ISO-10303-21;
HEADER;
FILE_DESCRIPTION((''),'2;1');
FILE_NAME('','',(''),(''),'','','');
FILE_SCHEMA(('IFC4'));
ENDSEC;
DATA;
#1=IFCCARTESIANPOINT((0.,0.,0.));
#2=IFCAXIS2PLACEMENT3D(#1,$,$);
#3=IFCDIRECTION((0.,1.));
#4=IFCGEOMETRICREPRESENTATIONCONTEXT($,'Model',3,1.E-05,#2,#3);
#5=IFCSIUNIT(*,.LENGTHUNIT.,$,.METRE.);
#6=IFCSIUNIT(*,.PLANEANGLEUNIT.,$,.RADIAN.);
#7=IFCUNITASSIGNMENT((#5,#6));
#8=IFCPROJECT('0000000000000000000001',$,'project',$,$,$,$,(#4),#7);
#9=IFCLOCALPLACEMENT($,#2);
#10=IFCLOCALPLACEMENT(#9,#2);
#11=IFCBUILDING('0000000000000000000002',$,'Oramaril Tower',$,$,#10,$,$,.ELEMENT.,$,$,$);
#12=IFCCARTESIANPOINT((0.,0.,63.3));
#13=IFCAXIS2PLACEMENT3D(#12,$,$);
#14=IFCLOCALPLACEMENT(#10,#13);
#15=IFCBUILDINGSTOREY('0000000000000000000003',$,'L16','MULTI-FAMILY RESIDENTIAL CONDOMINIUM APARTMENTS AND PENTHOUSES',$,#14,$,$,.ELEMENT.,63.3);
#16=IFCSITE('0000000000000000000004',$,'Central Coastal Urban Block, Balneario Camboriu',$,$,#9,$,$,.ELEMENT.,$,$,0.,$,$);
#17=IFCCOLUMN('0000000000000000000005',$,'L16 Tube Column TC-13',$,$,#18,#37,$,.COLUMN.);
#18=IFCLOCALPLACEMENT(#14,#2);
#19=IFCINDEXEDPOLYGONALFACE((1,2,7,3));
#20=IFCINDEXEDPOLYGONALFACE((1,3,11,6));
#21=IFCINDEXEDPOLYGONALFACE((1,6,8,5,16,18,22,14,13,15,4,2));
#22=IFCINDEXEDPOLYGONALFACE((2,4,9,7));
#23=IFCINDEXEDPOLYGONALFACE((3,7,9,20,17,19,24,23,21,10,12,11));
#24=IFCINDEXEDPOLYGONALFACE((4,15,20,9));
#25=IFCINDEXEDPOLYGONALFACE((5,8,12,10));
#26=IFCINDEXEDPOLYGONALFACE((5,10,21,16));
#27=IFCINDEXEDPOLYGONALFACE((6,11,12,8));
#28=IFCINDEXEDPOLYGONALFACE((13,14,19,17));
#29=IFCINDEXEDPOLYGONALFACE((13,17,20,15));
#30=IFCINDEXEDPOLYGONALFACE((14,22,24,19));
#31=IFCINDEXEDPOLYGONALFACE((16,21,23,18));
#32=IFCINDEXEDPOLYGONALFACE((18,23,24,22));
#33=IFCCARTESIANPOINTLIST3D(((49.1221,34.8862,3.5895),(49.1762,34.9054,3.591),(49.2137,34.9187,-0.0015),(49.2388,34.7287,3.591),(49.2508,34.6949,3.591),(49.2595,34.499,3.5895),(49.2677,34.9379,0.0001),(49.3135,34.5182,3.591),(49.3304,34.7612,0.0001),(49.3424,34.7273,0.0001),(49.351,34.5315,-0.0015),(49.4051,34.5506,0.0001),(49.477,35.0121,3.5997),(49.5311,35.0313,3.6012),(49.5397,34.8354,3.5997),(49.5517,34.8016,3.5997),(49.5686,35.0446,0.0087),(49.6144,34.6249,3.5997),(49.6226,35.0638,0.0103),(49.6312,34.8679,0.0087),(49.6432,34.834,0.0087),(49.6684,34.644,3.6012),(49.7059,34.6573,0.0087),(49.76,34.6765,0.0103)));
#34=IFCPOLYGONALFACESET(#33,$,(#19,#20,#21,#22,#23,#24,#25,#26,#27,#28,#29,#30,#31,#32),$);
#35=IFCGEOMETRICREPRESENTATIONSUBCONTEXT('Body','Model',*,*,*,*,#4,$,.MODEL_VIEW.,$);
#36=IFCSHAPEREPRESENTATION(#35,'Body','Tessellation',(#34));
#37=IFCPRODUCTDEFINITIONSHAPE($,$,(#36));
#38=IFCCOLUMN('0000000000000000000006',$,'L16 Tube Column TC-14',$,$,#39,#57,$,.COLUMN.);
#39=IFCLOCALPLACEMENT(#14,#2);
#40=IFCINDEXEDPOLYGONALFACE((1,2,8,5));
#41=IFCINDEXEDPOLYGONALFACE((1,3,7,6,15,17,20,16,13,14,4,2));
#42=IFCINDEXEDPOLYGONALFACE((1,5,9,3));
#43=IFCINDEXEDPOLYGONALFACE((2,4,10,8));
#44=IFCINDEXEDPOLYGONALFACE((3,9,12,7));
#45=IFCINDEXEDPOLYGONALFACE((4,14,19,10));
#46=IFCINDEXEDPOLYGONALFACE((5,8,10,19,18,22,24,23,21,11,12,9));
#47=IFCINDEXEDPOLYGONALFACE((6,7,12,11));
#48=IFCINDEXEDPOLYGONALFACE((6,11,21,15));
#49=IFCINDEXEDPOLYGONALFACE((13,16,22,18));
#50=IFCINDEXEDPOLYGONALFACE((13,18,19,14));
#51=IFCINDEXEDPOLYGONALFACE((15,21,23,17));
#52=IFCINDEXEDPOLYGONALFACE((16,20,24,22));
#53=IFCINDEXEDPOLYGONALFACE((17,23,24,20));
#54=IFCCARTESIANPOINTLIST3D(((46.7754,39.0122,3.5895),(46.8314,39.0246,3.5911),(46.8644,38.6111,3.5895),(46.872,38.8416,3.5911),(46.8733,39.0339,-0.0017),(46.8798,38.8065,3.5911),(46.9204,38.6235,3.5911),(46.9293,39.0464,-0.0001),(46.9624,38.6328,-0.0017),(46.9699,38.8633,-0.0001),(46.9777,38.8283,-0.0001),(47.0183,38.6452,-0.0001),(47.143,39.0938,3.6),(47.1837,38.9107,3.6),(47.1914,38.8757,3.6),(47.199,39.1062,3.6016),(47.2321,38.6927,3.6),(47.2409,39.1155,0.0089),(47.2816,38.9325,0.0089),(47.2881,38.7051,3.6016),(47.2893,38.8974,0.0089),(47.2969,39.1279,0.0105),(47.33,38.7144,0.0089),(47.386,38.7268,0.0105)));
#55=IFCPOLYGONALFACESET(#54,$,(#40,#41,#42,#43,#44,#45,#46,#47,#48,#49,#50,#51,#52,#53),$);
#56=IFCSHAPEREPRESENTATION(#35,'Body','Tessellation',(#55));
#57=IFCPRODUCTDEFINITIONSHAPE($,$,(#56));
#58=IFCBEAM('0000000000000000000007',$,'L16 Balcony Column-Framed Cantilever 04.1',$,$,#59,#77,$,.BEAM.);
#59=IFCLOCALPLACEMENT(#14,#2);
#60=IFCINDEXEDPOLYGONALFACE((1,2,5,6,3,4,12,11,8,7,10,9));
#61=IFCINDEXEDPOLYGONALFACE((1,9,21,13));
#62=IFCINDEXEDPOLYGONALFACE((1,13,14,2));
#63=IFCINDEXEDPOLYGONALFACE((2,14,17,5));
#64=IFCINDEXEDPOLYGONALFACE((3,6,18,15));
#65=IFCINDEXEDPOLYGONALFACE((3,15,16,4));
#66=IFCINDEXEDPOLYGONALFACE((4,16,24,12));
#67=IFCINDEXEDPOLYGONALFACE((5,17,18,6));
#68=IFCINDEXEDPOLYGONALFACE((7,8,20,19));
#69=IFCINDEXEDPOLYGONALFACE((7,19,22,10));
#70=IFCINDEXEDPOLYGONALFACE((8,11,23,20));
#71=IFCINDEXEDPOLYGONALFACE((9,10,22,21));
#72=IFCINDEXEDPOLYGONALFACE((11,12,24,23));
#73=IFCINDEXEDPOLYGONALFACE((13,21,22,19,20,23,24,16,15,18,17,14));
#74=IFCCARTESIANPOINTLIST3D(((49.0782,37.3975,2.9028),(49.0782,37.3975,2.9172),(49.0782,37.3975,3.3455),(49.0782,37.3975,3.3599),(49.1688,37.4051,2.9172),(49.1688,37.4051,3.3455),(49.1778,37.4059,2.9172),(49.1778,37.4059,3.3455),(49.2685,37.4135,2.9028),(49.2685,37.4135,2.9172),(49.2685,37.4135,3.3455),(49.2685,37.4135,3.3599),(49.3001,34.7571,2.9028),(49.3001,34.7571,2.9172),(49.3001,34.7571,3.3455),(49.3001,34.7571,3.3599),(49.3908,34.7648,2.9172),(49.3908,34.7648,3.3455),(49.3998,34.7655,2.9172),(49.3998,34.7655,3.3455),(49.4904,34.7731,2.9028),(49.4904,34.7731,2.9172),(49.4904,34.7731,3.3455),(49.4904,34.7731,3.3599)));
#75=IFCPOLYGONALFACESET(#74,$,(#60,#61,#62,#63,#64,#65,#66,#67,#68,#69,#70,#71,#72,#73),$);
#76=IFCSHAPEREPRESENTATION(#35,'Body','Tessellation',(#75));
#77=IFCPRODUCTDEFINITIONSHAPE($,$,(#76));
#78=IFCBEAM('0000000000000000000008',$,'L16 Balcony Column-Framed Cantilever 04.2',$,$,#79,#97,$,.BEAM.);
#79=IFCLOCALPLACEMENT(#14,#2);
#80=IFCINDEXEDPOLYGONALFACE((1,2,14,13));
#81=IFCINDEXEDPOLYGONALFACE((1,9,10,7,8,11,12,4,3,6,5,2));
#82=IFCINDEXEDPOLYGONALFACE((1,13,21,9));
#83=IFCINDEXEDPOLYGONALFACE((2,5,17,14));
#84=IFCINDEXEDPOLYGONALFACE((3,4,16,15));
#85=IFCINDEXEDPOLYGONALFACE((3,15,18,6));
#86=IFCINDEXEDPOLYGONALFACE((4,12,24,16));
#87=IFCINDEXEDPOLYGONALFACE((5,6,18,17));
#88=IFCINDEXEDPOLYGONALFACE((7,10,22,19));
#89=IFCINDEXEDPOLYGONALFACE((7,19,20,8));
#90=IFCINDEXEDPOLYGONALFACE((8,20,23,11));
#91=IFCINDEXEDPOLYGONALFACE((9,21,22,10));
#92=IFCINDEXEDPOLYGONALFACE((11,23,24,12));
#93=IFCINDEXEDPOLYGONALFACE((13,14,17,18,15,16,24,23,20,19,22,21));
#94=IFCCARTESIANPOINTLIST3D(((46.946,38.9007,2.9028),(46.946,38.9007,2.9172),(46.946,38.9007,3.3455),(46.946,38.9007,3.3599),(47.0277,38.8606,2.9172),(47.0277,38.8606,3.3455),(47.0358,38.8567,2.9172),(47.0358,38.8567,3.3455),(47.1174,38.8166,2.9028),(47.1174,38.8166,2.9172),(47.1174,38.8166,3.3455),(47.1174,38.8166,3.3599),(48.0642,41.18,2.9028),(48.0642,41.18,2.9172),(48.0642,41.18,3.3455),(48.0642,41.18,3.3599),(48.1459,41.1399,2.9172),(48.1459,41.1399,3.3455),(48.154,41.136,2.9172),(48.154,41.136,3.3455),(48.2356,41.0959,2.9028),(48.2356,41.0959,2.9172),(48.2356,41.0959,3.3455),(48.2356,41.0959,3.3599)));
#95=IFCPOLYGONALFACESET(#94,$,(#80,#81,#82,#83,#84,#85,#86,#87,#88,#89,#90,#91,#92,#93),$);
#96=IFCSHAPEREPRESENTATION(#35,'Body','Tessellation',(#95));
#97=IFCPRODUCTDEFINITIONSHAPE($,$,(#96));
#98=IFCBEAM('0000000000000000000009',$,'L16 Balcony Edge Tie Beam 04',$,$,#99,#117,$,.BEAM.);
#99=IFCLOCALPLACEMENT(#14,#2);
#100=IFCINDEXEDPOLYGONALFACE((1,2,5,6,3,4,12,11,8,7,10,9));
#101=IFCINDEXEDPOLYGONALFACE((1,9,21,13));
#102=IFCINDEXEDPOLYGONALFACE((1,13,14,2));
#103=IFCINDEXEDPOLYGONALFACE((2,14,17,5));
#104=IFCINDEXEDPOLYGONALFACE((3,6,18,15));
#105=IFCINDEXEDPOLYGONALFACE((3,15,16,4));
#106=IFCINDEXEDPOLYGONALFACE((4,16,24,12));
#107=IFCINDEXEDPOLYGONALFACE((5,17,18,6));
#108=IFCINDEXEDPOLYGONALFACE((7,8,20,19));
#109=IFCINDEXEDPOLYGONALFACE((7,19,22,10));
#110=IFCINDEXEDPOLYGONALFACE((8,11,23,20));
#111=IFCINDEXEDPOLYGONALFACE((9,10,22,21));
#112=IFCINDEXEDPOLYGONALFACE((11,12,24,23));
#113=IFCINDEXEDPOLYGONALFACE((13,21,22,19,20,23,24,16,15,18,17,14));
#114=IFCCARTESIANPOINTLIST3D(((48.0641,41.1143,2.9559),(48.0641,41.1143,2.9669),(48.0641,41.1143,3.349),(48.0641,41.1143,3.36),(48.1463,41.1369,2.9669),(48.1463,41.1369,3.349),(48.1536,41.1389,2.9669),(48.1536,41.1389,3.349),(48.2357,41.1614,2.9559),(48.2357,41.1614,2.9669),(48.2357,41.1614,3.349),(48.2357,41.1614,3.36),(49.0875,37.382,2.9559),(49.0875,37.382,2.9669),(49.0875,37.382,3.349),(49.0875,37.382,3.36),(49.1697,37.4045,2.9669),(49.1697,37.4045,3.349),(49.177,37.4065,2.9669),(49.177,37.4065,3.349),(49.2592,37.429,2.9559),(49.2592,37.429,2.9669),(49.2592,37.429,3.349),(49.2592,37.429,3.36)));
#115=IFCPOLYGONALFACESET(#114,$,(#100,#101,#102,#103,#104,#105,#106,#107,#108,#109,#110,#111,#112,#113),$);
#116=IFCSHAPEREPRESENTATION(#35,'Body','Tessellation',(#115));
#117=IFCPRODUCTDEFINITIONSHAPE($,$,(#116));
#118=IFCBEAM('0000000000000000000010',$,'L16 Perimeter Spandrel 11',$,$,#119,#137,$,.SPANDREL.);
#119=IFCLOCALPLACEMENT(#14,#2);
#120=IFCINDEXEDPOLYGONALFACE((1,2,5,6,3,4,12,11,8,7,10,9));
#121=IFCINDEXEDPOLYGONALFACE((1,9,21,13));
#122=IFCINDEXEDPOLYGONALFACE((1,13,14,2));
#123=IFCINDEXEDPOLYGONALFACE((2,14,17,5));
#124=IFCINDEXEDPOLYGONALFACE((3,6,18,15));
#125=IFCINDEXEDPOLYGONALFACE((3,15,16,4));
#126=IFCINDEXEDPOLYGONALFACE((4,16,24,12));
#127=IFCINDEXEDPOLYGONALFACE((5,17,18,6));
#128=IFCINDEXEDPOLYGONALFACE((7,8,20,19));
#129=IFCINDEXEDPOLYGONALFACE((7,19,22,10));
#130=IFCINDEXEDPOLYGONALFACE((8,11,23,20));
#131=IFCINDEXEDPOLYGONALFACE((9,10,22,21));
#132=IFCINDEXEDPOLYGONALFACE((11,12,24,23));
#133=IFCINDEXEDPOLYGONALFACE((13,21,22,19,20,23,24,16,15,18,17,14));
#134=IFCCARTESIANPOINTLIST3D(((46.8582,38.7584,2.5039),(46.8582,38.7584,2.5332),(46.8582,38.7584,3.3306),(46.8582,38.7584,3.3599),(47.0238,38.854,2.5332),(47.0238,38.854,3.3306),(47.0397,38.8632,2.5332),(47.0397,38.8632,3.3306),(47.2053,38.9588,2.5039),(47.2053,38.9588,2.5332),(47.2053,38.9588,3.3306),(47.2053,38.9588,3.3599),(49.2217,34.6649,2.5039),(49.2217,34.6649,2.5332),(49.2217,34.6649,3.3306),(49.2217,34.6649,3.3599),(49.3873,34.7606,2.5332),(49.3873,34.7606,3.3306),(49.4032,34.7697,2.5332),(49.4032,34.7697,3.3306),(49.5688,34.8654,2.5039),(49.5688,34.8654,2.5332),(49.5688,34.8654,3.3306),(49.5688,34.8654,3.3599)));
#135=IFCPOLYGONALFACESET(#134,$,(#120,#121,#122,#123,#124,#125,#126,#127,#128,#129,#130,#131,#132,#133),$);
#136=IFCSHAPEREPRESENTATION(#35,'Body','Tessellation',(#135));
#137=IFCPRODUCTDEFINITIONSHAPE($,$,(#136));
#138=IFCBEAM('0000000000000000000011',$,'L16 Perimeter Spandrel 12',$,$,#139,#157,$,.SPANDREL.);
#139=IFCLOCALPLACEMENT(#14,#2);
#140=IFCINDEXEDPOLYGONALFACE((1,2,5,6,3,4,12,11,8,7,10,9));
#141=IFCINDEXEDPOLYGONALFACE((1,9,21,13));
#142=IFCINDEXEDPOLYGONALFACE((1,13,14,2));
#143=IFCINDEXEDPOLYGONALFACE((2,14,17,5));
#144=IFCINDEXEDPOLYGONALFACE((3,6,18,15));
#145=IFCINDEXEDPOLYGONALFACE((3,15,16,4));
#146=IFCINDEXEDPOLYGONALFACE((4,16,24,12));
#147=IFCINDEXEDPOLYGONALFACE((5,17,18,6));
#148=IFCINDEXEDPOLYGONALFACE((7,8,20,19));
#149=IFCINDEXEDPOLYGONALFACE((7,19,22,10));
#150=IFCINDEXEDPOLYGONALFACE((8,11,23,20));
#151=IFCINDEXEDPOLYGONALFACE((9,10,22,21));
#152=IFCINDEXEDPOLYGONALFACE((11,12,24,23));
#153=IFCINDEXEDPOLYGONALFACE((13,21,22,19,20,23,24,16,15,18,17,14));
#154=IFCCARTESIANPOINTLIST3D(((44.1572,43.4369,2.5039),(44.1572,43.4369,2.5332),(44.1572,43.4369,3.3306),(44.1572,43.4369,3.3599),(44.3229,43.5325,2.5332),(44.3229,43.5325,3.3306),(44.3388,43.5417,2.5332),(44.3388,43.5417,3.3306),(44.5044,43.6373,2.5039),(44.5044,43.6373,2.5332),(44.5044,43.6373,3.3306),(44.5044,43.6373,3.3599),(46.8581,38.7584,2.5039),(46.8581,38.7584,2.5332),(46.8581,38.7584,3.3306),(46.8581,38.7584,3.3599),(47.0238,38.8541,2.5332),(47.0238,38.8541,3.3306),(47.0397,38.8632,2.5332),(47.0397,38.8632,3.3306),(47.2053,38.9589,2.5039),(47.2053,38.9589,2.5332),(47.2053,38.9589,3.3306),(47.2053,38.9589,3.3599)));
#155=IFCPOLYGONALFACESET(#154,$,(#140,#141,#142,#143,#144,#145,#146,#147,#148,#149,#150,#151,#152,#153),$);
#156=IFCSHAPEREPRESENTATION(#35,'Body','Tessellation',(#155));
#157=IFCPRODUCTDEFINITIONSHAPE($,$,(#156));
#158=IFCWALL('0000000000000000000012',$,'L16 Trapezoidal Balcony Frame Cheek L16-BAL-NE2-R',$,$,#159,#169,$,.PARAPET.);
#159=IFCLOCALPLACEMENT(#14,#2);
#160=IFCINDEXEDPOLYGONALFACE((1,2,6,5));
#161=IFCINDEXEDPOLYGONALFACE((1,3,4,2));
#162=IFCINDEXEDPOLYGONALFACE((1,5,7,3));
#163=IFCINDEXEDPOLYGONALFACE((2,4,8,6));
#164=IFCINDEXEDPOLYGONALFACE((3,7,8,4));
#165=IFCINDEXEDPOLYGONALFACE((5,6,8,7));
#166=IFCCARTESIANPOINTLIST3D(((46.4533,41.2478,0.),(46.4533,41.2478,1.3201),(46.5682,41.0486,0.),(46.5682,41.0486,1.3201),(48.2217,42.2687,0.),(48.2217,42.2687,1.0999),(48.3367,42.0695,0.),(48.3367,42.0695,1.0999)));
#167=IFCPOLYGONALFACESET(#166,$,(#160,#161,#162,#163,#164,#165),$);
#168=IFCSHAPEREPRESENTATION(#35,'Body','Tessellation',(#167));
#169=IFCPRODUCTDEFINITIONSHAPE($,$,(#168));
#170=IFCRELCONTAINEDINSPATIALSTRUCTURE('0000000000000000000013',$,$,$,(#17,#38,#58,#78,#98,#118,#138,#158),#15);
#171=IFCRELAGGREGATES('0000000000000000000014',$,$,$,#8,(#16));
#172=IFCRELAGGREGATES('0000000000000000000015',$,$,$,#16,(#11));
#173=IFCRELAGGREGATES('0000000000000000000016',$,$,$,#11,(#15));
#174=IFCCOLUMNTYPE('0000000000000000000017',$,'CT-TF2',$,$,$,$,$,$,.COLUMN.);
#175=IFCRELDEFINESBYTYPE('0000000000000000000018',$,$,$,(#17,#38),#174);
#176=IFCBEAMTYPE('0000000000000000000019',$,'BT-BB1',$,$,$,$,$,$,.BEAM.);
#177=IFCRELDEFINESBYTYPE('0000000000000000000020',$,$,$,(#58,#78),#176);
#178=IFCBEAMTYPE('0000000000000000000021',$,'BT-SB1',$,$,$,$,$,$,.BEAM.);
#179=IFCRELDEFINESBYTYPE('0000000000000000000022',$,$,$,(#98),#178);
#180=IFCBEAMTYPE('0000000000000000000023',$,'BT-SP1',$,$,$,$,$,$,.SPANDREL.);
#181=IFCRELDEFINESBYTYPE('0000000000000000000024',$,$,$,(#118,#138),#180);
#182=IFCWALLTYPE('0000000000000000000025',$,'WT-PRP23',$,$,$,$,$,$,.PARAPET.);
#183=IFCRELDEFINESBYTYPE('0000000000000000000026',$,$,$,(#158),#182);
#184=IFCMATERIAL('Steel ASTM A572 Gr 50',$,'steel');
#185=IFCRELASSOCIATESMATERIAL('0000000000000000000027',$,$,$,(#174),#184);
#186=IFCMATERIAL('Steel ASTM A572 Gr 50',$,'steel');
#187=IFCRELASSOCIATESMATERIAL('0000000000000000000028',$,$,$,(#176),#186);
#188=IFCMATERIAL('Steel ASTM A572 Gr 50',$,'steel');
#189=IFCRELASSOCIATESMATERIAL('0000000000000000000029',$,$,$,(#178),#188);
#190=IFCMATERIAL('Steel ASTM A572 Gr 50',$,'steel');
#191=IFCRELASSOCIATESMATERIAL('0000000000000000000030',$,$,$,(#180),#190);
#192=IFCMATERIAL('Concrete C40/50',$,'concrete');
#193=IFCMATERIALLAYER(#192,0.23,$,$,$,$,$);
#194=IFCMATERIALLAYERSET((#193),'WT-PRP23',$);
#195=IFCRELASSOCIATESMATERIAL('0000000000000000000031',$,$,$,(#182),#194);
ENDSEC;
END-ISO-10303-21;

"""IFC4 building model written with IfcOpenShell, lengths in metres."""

from ifc_helpers import new_model, si_unit, direction, frame, origin, origin_2d, place, context, subcontext, project, spatial, polyline, i_section, outline, extrude, material, layer, layer_set, material_profile, profile_set, type_object, element, save


model = new_model("IFC4")

# Units and contexts
model_context = context("Model", 3, precision=1e-05, world=origin(), true_north=direction((0.0, 1.0)))
body_context = subcontext(model_context, "Body", "Model", "MODEL_VIEW")
ifc_project = project(units=[si_unit("LENGTHUNIT", "METRE"), si_unit("PLANEANGLEUNIT", "RADIAN")], contexts=[model_context])

# Site, building, storey
site_placement = place(None, origin())
site = spatial("IfcSite", under=ifc_project, at=site_placement, Name="Central Coastal Urban Block, Balneario Camboriu", CompositionType="ELEMENT", RefElevation=0.0)
building_placement = place(site_placement, origin())
building = spatial("IfcBuilding", under=site, at=building_placement, Name="Oramaril Tower", CompositionType="ELEMENT")
storey_placement = place(building_placement, frame((0.0, 0.0, 63.3)))
storey = spatial("IfcBuildingStorey", under=building, at=storey_placement, Name="L16", Description="MULTI-FAMILY RESIDENTIAL CONDOMINIUM APARTMENTS AND PENTHOUSES", CompositionType="ELEMENT", Elevation=63.3)

# Columns
ifc_material_1 = material(Name="Steel ASTM A572 Gr 50", Category="steel")
ifc_material_profile_1 = material_profile(ifc_material_1, i_section(OverallWidth=0.4109, OverallDepth=0.4341, WebThickness=0.0359, FlangeThickness=0.0574, at=origin_2d()), Name="W14X311")
ifc_profile_set_1 = profile_set([ifc_material_profile_1], Name="Steel ASTM A572 Gr 50")
column_type = type_object("IfcColumnType", Name="CT-TF2", PredefinedType="COLUMN", material=ifc_profile_set_1)
column_1_placement = place(storey_placement, frame((49.4868, 34.7976, 0.0044), z_axis=(-0.025485, -0.009039, 0.999634), x_axis=(0.334266, -0.942479, 0.0)))
element("IfcColumn", 1, at=column_1_placement, inside=storey, type_object=column_type, Name="L16 Tube Column TC-13", PredefinedType="COLUMN", context=body_context, shape_type="SweptSolid", body=[
    extrude(i_section(OverallWidth=0.4109, OverallDepth=0.4341, WebThickness=0.0359, FlangeThickness=0.0574, at=origin_2d()), origin(), (0.0, 0.0, 1.0), 3.5923),
])
column_2_placement = place(storey_placement, frame((47.1296, 38.8804, 0.0044), z_axis=(-0.027252, -0.006048, 0.99961), x_axis=(0.216673, -0.976244, 0.0)))
element("IfcColumn", 2, at=column_2_placement, inside=storey, type_object=column_type, Name="L16 Tube Column TC-14", PredefinedType="COLUMN", context=body_context, shape_type="SweptSolid", body=[
    extrude(i_section(OverallWidth=0.4109, OverallDepth=0.4341, WebThickness=0.0359, FlangeThickness=0.0574, at=origin_2d()), origin(), (0.0, 0.0, 1.0), 3.5925),
])

# Beams
ifc_material_2 = material(Name="Steel ASTM A572 Gr 50", Category="steel")
ifc_material_profile_2 = material_profile(ifc_material_2, i_section(OverallWidth=0.1909, OverallDepth=0.457, WebThickness=0.009, FlangeThickness=0.0144, at=origin_2d()), Name="W18X50")
ifc_profile_set_2 = profile_set([ifc_material_profile_2], Name="Steel ASTM A572 Gr 50")
beam_type_1 = type_object("IfcBeamType", Name="BT-BB1", PredefinedType="BEAM", material=ifc_profile_set_2)
beam_1_placement = place(storey_placement, frame((49.3953, 34.7651, 3.1313), z_axis=(-0.083755, 0.996486, 0.0), x_axis=(-0.996486, -0.083755, 0.0)))
element("IfcBeam", 3, at=beam_1_placement, inside=storey, type_object=beam_type_1, Name="L16 Balcony Column-Framed Cantilever 04.1", PredefinedType="BEAM", context=body_context, shape_type="SweptSolid", body=[
    extrude(i_section(OverallWidth=0.1909, OverallDepth=0.457, WebThickness=0.009, FlangeThickness=0.0144, at=origin_2d()), origin(), (0.0, 0.0, 1.0), 2.6497),
])
beam_2_placement = place(storey_placement, frame((47.0317, 38.8586, 3.1313), z_axis=(0.440431, 0.897787, 0.0), x_axis=(-0.897787, 0.440431, 0.0)))
element("IfcBeam", 4, at=beam_2_placement, inside=storey, type_object=beam_type_1, Name="L16 Balcony Column-Framed Cantilever 04.2", PredefinedType="BEAM", context=body_context, shape_type="SweptSolid", body=[
    extrude(i_section(OverallWidth=0.1909, OverallDepth=0.457, WebThickness=0.009, FlangeThickness=0.0144, at=origin_2d()), origin(), (0.0, 0.0, 1.0), 2.5388),
])
ifc_material_3 = material(Name="Steel ASTM A572 Gr 50", Category="steel")
ifc_material_profile_3 = material_profile(ifc_material_3, i_section(OverallWidth=0.178, OverallDepth=0.4041, WebThickness=0.0076, FlangeThickness=0.011, at=origin_2d()), Name="W16X36")
ifc_profile_set_3 = profile_set([ifc_material_profile_3], Name="Steel ASTM A572 Gr 50")
beam_type_2 = type_object("IfcBeamType", Name="BT-SB1", PredefinedType="BEAM", material=ifc_profile_set_3)
beam_3_placement = place(storey_placement, frame((49.1733, 37.4055, 3.158), z_axis=(-0.264441, 0.964402, 0.0), x_axis=(-0.964402, -0.264441, 0.0)))
element("IfcBeam", 5, at=beam_3_placement, inside=storey, type_object=beam_type_2, Name="L16 Balcony Edge Tie Beam 04", PredefinedType="BEAM", context=body_context, shape_type="SweptSolid", body=[
    extrude(i_section(OverallWidth=0.178, OverallDepth=0.4041, WebThickness=0.0076, FlangeThickness=0.011, at=origin_2d()), origin(), (0.0, 0.0, 1.0), 3.8701),
])
ifc_material_4 = material(Name="Steel ASTM A572 Gr 50", Category="steel")
ifc_material_profile_4 = material_profile(ifc_material_4, i_section(OverallWidth=0.4009, OverallDepth=0.856, WebThickness=0.0183, FlangeThickness=0.0293, at=origin_2d()), Name="W33X201")
ifc_profile_set_4 = profile_set([ifc_material_profile_4], Name="Steel ASTM A572 Gr 50")
beam_type_3 = type_object("IfcBeamType", Name="BT-SP1", PredefinedType="SPANDREL", material=ifc_profile_set_4)
beam_4_placement = place(storey_placement, frame((49.3953, 34.7651, 2.9319), z_axis=(-0.500022, 0.866013, 0.0), x_axis=(-0.866013, -0.500022, 0.0)))
element("IfcBeam", 6, at=beam_4_placement, inside=storey, type_object=beam_type_3, Name="L16 Perimeter Spandrel 11", PredefinedType="SPANDREL", context=body_context, shape_type="SweptSolid", body=[
    extrude(i_section(OverallWidth=0.4009, OverallDepth=0.856, WebThickness=0.0183, FlangeThickness=0.0293, at=origin_2d()), origin(), (0.0, 0.0, 1.0), 4.7268),
])
beam_5_placement = place(storey_placement, frame((47.0317, 38.8586, 2.9319), z_axis=(-0.499974, 0.86604, 0.0), x_axis=(-0.86604, -0.499974, 0.0)))
element("IfcBeam", 7, at=beam_5_placement, inside=storey, type_object=beam_type_3, Name="L16 Perimeter Spandrel 12", PredefinedType="SPANDREL", context=body_context, shape_type="SweptSolid", body=[
    extrude(i_section(OverallWidth=0.4009, OverallDepth=0.856, WebThickness=0.0183, FlangeThickness=0.0293, at=origin_2d()), origin(), (0.0, 0.0, 1.0), 5.4021),
])

# Wall
ifc_material_5 = material(Name="Concrete C40/50", Category="concrete")
ifc_layer_1 = layer(ifc_material_5, 0.23)
ifc_layer_set_1 = layer_set([ifc_layer_1], Name="WT-PRP23")
wall_type = type_object("IfcWallType", Name="WT-PRP23", PredefinedType="PARAPET", material=ifc_layer_set_1)
wall_placement = place(storey_placement, frame((46.5107, 41.1482, 0.0), z_axis=(0.0, 0.0, 1.0), x_axis=(0.866042, 0.499971, 0.0)))
element("IfcWall", 8, at=wall_placement, inside=storey, type_object=wall_type, Name="L16 Trapezoidal Balcony Frame Cheek L16-BAL-NE2-R", PredefinedType="PARAPET", context=body_context, shape_type="SweptSolid", body=[
    extrude(outline(polyline([(0.0, 0.0), (2.042, 0.0), (2.042, 1.0999), (0.0, 1.3201), (0.0, 0.0)])), frame((0.0, 0.115, 0.0), z_axis=(0.0, -1.0, 0.0), x_axis=(1.0, 0.0, 0.0)), (0.0, 0.0, 1.0), 0.23),
])

save(model, "model.ifc")
